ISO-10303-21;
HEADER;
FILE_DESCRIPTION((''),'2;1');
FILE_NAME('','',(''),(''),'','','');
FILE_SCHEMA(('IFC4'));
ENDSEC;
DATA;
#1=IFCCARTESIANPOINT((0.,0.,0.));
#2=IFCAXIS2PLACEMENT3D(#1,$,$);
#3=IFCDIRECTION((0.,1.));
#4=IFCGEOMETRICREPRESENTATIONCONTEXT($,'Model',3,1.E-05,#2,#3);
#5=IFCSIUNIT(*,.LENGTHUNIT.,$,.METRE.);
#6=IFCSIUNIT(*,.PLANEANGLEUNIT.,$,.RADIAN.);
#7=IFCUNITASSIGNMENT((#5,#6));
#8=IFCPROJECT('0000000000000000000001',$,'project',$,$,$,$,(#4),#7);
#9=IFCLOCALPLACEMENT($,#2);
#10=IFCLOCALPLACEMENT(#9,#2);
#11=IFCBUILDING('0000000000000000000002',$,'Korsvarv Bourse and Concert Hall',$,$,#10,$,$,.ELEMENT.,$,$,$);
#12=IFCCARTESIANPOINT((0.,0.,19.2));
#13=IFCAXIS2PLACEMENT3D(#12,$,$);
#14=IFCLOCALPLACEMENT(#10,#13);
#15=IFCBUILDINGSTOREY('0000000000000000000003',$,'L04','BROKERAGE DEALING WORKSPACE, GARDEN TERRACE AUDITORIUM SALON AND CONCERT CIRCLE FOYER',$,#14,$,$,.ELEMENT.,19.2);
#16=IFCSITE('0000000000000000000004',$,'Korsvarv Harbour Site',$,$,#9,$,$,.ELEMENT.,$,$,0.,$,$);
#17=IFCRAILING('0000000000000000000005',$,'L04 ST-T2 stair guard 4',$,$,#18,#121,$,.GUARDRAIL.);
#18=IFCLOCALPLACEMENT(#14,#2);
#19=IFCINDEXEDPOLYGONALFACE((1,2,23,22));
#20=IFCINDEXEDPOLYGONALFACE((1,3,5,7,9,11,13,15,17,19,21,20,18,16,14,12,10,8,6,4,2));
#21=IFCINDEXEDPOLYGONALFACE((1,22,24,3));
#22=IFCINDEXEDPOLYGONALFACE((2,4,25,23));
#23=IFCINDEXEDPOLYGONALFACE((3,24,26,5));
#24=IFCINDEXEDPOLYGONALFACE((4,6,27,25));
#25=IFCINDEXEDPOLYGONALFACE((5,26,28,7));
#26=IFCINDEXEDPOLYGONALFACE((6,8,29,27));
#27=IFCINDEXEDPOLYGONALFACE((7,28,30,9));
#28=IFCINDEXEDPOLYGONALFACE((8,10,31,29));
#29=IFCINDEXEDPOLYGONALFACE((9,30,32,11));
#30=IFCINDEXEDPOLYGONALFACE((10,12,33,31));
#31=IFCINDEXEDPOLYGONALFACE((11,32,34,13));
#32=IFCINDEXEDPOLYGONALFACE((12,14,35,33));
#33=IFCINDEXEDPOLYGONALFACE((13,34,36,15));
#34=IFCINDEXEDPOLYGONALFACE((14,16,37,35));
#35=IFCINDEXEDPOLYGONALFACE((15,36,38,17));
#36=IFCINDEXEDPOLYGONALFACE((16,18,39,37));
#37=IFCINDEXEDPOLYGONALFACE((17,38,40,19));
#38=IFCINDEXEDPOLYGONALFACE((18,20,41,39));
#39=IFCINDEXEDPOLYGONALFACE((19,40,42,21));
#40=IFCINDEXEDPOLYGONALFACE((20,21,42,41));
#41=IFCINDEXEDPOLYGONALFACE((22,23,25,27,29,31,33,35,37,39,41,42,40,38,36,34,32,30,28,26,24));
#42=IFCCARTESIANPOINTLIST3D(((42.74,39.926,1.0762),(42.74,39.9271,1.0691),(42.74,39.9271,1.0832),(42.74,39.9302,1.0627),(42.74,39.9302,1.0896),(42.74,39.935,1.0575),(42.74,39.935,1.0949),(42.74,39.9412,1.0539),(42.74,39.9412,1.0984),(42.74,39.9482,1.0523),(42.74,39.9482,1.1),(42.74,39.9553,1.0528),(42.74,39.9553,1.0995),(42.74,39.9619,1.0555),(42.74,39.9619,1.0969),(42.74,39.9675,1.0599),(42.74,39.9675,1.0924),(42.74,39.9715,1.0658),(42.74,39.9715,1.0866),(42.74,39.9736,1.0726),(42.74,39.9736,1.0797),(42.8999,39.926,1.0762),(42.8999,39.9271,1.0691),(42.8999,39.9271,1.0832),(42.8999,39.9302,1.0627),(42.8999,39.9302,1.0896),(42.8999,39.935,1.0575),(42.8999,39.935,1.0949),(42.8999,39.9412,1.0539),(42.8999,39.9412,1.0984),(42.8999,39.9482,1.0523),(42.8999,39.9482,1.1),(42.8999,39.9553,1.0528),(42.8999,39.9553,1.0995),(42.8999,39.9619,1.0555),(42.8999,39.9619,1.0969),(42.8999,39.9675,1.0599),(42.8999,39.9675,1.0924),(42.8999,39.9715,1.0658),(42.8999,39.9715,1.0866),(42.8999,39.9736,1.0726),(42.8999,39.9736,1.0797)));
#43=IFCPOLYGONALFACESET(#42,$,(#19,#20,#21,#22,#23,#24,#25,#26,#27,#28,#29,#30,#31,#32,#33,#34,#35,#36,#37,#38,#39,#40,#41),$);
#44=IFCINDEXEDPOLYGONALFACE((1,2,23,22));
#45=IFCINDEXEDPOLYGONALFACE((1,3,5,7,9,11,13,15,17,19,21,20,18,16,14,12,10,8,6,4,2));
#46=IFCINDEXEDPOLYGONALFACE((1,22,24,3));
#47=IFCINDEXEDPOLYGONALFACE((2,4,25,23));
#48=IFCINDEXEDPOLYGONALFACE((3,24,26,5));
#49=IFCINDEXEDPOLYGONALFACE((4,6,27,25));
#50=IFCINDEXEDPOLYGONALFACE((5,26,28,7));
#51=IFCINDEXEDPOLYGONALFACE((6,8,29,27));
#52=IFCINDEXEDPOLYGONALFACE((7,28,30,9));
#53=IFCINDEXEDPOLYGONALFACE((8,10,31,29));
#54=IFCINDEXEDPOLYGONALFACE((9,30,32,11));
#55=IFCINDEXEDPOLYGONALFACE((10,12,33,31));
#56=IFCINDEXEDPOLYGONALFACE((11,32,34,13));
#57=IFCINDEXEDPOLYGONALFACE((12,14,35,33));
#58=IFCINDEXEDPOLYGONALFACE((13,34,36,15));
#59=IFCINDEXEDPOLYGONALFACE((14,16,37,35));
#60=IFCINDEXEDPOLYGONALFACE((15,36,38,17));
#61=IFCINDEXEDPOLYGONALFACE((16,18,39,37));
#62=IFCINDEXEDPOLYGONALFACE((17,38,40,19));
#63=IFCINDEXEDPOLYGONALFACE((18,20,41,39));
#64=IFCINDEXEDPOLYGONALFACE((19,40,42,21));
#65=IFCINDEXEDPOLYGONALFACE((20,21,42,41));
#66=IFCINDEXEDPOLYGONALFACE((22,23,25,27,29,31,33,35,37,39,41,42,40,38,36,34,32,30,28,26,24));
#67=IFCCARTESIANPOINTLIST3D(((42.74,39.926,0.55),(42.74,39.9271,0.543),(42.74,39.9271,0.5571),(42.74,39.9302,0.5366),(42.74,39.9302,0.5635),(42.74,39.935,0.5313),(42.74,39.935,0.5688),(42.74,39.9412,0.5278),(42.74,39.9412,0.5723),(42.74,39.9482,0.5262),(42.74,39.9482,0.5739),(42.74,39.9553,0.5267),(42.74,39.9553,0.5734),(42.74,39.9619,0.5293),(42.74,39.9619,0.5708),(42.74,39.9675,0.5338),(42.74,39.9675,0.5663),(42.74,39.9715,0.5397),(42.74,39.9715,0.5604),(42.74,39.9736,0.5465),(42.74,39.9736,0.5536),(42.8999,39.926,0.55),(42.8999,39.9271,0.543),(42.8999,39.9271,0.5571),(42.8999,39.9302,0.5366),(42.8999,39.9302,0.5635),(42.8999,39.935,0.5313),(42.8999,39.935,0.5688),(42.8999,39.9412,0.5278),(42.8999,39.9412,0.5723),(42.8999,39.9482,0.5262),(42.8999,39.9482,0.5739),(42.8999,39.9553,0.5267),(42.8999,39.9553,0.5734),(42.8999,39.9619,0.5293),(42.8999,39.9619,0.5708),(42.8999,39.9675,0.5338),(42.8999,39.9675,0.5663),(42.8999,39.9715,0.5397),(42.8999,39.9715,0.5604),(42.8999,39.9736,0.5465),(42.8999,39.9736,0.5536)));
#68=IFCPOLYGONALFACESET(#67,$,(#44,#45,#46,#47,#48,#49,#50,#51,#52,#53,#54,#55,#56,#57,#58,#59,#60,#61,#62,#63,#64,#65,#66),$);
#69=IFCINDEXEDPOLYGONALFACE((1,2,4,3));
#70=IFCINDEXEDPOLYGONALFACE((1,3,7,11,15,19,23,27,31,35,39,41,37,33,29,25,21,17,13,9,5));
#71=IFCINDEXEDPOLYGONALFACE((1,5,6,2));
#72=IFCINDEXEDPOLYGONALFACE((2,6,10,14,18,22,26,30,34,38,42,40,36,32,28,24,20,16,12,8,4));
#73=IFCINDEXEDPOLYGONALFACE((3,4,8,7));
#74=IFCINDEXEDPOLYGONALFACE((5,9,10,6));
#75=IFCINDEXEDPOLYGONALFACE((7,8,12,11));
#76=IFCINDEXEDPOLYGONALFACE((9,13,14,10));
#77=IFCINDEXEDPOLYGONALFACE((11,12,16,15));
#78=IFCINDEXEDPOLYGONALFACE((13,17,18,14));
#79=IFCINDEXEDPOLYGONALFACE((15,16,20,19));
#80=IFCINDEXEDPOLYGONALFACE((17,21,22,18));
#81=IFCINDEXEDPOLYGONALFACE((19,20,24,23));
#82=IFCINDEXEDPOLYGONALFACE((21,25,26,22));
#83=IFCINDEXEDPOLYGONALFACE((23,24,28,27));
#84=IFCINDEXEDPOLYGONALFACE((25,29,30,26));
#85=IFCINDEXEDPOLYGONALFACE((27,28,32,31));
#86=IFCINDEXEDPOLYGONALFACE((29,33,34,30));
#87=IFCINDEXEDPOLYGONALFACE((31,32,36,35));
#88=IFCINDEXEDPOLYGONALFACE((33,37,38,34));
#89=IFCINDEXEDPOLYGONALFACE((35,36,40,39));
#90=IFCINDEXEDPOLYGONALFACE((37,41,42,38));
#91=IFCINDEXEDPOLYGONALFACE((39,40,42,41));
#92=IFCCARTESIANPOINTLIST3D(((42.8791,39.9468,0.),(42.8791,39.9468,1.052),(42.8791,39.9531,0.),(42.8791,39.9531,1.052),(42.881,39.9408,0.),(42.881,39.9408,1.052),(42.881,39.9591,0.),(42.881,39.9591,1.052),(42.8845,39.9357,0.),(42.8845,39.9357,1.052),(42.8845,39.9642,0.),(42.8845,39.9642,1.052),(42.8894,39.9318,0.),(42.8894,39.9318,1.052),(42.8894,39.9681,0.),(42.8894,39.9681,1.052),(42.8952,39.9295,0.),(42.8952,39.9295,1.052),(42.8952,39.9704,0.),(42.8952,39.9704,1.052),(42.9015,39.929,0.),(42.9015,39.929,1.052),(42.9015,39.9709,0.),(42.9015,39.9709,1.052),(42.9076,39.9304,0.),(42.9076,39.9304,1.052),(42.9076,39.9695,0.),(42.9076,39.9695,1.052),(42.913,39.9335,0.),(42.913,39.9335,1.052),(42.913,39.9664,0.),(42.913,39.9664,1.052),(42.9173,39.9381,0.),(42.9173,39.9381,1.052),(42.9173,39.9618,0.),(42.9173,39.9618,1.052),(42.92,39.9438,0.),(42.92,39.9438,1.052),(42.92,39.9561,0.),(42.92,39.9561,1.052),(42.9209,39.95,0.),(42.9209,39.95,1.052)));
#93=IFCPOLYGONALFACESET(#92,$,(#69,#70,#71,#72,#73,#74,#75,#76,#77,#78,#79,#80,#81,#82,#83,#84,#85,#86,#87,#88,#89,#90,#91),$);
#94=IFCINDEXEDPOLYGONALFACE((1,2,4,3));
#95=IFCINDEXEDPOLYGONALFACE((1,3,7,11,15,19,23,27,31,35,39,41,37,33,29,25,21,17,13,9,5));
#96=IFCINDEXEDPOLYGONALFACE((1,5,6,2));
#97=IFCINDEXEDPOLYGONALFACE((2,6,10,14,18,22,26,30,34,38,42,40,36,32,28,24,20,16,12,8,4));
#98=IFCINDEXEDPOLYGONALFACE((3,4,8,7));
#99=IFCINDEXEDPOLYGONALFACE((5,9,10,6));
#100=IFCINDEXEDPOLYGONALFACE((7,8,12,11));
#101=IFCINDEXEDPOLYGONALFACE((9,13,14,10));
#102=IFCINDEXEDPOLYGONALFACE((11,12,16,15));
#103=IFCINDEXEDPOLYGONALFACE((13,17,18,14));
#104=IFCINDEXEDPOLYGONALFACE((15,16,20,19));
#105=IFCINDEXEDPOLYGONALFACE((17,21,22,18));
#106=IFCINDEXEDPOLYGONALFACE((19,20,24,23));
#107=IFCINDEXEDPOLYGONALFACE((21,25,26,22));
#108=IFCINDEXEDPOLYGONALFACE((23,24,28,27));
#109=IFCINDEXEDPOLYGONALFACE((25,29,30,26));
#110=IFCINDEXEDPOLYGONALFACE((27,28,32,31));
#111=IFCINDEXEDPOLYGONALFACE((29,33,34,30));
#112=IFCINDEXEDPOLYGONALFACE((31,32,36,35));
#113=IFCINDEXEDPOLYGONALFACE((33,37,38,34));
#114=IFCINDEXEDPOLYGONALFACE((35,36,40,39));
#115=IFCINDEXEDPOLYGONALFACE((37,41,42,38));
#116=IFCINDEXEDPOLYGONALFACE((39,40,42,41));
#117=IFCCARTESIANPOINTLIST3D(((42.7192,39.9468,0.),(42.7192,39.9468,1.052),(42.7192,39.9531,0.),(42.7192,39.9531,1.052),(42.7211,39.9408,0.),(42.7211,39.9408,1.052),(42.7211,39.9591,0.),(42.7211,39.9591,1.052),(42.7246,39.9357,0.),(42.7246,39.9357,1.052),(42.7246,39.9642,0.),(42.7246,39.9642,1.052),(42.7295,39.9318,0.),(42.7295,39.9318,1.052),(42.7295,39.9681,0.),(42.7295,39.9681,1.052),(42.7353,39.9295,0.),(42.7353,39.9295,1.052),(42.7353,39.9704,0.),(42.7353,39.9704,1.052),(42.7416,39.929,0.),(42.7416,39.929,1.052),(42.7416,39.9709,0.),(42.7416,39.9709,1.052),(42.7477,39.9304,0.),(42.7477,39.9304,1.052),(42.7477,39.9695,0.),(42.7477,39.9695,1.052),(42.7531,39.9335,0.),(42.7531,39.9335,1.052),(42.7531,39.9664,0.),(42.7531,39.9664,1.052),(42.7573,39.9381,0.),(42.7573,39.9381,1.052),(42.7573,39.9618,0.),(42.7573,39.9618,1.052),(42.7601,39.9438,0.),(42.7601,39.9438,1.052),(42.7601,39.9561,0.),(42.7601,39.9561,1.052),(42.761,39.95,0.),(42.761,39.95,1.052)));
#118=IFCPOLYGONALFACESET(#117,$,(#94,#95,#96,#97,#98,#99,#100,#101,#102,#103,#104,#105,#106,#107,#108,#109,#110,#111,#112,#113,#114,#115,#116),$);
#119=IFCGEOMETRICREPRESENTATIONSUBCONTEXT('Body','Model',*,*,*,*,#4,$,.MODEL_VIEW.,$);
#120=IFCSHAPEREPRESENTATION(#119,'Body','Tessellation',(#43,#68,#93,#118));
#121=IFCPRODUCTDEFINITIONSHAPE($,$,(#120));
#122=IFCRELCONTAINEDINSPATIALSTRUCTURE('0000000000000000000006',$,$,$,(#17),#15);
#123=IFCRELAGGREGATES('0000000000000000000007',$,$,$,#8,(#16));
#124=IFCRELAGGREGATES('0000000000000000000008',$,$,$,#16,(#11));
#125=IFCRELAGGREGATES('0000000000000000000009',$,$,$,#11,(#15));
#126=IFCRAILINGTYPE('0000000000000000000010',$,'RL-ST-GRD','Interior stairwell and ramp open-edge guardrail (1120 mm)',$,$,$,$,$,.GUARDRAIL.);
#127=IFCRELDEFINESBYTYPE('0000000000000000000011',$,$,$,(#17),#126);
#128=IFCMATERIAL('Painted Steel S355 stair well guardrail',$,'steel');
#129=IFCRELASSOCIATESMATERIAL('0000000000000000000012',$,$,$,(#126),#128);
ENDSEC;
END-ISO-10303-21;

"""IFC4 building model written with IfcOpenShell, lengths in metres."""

from ifc_helpers import new_model, si_unit, direction, frame, origin, origin_2d, place, context, subcontext, project, spatial, circle, extrude, material, type_object, element, save


model = new_model("IFC4")

# Units and contexts
model_context = context("Model", 3, precision=1e-05, world=origin(), true_north=direction((0.0, 1.0)))
body_context = subcontext(model_context, "Body", "Model", "MODEL_VIEW")
ifc_project = project(units=[si_unit("LENGTHUNIT", "METRE"), si_unit("PLANEANGLEUNIT", "RADIAN")], contexts=[model_context])

# Site, building, storey
site_placement = place(None, origin())
site = spatial("IfcSite", under=ifc_project, at=site_placement, Name="Korsvarv Harbour Site", CompositionType="ELEMENT", RefElevation=0.0)
building_placement = place(site_placement, origin())
building = spatial("IfcBuilding", under=site, at=building_placement, Name="Korsvarv Bourse and Concert Hall", CompositionType="ELEMENT")
storey_placement = place(building_placement, frame((0.0, 0.0, 19.2)))
storey = spatial("IfcBuildingStorey", under=building, at=storey_placement, Name="L04", Description="BROKERAGE DEALING WORKSPACE, GARDEN TERRACE AUDITORIUM SALON AND CONCERT CIRCLE FOYER", CompositionType="ELEMENT", Elevation=19.2)

# Railing
ifc_material_1 = material(Name="Painted Steel S355 stair well guardrail", Category="steel")
railing_type_1 = type_object("IfcRailingType", Name="RL-ST-GRD", Description="Interior stairwell and ramp open-edge guardrail (1120 mm)", PredefinedType="GUARDRAIL", material=ifc_material_1)
railing_1_placement = place(storey_placement, frame((42.8999, 39.95, 0.0)))
element("IfcRailing", 1, at=railing_1_placement, inside=storey, type_object=railing_type_1, Name="L04 ST-T2 stair guard 4", PredefinedType="GUARDRAIL", context=body_context, shape_type="SweptSolid", body=[
    extrude(circle(Radius=0.0239, at=origin_2d()), frame((0.0, 0.0, 1.0762), z_axis=(-1.0, 0.0, 0.0), x_axis=(0.0, -1.0, 0.0)), (0.0, 0.0, 1.0), 0.1599),
    extrude(circle(Radius=0.0239, at=origin_2d()), frame((0.0, 0.0, 0.55), z_axis=(-1.0, 0.0, 0.0), x_axis=(0.0, -1.0, 0.0)), (0.0, 0.0, 1.0), 0.1599),
    extrude(circle(Radius=0.021, at=origin_2d()), origin(), (0.0, 0.0, 1.0), 1.052),
    extrude(circle(Radius=0.021, at=origin_2d()), frame((-0.1599, 0.0, 0.0)), (0.0, 0.0, 1.0), 1.052),
])

save(model, "model.ifc")
